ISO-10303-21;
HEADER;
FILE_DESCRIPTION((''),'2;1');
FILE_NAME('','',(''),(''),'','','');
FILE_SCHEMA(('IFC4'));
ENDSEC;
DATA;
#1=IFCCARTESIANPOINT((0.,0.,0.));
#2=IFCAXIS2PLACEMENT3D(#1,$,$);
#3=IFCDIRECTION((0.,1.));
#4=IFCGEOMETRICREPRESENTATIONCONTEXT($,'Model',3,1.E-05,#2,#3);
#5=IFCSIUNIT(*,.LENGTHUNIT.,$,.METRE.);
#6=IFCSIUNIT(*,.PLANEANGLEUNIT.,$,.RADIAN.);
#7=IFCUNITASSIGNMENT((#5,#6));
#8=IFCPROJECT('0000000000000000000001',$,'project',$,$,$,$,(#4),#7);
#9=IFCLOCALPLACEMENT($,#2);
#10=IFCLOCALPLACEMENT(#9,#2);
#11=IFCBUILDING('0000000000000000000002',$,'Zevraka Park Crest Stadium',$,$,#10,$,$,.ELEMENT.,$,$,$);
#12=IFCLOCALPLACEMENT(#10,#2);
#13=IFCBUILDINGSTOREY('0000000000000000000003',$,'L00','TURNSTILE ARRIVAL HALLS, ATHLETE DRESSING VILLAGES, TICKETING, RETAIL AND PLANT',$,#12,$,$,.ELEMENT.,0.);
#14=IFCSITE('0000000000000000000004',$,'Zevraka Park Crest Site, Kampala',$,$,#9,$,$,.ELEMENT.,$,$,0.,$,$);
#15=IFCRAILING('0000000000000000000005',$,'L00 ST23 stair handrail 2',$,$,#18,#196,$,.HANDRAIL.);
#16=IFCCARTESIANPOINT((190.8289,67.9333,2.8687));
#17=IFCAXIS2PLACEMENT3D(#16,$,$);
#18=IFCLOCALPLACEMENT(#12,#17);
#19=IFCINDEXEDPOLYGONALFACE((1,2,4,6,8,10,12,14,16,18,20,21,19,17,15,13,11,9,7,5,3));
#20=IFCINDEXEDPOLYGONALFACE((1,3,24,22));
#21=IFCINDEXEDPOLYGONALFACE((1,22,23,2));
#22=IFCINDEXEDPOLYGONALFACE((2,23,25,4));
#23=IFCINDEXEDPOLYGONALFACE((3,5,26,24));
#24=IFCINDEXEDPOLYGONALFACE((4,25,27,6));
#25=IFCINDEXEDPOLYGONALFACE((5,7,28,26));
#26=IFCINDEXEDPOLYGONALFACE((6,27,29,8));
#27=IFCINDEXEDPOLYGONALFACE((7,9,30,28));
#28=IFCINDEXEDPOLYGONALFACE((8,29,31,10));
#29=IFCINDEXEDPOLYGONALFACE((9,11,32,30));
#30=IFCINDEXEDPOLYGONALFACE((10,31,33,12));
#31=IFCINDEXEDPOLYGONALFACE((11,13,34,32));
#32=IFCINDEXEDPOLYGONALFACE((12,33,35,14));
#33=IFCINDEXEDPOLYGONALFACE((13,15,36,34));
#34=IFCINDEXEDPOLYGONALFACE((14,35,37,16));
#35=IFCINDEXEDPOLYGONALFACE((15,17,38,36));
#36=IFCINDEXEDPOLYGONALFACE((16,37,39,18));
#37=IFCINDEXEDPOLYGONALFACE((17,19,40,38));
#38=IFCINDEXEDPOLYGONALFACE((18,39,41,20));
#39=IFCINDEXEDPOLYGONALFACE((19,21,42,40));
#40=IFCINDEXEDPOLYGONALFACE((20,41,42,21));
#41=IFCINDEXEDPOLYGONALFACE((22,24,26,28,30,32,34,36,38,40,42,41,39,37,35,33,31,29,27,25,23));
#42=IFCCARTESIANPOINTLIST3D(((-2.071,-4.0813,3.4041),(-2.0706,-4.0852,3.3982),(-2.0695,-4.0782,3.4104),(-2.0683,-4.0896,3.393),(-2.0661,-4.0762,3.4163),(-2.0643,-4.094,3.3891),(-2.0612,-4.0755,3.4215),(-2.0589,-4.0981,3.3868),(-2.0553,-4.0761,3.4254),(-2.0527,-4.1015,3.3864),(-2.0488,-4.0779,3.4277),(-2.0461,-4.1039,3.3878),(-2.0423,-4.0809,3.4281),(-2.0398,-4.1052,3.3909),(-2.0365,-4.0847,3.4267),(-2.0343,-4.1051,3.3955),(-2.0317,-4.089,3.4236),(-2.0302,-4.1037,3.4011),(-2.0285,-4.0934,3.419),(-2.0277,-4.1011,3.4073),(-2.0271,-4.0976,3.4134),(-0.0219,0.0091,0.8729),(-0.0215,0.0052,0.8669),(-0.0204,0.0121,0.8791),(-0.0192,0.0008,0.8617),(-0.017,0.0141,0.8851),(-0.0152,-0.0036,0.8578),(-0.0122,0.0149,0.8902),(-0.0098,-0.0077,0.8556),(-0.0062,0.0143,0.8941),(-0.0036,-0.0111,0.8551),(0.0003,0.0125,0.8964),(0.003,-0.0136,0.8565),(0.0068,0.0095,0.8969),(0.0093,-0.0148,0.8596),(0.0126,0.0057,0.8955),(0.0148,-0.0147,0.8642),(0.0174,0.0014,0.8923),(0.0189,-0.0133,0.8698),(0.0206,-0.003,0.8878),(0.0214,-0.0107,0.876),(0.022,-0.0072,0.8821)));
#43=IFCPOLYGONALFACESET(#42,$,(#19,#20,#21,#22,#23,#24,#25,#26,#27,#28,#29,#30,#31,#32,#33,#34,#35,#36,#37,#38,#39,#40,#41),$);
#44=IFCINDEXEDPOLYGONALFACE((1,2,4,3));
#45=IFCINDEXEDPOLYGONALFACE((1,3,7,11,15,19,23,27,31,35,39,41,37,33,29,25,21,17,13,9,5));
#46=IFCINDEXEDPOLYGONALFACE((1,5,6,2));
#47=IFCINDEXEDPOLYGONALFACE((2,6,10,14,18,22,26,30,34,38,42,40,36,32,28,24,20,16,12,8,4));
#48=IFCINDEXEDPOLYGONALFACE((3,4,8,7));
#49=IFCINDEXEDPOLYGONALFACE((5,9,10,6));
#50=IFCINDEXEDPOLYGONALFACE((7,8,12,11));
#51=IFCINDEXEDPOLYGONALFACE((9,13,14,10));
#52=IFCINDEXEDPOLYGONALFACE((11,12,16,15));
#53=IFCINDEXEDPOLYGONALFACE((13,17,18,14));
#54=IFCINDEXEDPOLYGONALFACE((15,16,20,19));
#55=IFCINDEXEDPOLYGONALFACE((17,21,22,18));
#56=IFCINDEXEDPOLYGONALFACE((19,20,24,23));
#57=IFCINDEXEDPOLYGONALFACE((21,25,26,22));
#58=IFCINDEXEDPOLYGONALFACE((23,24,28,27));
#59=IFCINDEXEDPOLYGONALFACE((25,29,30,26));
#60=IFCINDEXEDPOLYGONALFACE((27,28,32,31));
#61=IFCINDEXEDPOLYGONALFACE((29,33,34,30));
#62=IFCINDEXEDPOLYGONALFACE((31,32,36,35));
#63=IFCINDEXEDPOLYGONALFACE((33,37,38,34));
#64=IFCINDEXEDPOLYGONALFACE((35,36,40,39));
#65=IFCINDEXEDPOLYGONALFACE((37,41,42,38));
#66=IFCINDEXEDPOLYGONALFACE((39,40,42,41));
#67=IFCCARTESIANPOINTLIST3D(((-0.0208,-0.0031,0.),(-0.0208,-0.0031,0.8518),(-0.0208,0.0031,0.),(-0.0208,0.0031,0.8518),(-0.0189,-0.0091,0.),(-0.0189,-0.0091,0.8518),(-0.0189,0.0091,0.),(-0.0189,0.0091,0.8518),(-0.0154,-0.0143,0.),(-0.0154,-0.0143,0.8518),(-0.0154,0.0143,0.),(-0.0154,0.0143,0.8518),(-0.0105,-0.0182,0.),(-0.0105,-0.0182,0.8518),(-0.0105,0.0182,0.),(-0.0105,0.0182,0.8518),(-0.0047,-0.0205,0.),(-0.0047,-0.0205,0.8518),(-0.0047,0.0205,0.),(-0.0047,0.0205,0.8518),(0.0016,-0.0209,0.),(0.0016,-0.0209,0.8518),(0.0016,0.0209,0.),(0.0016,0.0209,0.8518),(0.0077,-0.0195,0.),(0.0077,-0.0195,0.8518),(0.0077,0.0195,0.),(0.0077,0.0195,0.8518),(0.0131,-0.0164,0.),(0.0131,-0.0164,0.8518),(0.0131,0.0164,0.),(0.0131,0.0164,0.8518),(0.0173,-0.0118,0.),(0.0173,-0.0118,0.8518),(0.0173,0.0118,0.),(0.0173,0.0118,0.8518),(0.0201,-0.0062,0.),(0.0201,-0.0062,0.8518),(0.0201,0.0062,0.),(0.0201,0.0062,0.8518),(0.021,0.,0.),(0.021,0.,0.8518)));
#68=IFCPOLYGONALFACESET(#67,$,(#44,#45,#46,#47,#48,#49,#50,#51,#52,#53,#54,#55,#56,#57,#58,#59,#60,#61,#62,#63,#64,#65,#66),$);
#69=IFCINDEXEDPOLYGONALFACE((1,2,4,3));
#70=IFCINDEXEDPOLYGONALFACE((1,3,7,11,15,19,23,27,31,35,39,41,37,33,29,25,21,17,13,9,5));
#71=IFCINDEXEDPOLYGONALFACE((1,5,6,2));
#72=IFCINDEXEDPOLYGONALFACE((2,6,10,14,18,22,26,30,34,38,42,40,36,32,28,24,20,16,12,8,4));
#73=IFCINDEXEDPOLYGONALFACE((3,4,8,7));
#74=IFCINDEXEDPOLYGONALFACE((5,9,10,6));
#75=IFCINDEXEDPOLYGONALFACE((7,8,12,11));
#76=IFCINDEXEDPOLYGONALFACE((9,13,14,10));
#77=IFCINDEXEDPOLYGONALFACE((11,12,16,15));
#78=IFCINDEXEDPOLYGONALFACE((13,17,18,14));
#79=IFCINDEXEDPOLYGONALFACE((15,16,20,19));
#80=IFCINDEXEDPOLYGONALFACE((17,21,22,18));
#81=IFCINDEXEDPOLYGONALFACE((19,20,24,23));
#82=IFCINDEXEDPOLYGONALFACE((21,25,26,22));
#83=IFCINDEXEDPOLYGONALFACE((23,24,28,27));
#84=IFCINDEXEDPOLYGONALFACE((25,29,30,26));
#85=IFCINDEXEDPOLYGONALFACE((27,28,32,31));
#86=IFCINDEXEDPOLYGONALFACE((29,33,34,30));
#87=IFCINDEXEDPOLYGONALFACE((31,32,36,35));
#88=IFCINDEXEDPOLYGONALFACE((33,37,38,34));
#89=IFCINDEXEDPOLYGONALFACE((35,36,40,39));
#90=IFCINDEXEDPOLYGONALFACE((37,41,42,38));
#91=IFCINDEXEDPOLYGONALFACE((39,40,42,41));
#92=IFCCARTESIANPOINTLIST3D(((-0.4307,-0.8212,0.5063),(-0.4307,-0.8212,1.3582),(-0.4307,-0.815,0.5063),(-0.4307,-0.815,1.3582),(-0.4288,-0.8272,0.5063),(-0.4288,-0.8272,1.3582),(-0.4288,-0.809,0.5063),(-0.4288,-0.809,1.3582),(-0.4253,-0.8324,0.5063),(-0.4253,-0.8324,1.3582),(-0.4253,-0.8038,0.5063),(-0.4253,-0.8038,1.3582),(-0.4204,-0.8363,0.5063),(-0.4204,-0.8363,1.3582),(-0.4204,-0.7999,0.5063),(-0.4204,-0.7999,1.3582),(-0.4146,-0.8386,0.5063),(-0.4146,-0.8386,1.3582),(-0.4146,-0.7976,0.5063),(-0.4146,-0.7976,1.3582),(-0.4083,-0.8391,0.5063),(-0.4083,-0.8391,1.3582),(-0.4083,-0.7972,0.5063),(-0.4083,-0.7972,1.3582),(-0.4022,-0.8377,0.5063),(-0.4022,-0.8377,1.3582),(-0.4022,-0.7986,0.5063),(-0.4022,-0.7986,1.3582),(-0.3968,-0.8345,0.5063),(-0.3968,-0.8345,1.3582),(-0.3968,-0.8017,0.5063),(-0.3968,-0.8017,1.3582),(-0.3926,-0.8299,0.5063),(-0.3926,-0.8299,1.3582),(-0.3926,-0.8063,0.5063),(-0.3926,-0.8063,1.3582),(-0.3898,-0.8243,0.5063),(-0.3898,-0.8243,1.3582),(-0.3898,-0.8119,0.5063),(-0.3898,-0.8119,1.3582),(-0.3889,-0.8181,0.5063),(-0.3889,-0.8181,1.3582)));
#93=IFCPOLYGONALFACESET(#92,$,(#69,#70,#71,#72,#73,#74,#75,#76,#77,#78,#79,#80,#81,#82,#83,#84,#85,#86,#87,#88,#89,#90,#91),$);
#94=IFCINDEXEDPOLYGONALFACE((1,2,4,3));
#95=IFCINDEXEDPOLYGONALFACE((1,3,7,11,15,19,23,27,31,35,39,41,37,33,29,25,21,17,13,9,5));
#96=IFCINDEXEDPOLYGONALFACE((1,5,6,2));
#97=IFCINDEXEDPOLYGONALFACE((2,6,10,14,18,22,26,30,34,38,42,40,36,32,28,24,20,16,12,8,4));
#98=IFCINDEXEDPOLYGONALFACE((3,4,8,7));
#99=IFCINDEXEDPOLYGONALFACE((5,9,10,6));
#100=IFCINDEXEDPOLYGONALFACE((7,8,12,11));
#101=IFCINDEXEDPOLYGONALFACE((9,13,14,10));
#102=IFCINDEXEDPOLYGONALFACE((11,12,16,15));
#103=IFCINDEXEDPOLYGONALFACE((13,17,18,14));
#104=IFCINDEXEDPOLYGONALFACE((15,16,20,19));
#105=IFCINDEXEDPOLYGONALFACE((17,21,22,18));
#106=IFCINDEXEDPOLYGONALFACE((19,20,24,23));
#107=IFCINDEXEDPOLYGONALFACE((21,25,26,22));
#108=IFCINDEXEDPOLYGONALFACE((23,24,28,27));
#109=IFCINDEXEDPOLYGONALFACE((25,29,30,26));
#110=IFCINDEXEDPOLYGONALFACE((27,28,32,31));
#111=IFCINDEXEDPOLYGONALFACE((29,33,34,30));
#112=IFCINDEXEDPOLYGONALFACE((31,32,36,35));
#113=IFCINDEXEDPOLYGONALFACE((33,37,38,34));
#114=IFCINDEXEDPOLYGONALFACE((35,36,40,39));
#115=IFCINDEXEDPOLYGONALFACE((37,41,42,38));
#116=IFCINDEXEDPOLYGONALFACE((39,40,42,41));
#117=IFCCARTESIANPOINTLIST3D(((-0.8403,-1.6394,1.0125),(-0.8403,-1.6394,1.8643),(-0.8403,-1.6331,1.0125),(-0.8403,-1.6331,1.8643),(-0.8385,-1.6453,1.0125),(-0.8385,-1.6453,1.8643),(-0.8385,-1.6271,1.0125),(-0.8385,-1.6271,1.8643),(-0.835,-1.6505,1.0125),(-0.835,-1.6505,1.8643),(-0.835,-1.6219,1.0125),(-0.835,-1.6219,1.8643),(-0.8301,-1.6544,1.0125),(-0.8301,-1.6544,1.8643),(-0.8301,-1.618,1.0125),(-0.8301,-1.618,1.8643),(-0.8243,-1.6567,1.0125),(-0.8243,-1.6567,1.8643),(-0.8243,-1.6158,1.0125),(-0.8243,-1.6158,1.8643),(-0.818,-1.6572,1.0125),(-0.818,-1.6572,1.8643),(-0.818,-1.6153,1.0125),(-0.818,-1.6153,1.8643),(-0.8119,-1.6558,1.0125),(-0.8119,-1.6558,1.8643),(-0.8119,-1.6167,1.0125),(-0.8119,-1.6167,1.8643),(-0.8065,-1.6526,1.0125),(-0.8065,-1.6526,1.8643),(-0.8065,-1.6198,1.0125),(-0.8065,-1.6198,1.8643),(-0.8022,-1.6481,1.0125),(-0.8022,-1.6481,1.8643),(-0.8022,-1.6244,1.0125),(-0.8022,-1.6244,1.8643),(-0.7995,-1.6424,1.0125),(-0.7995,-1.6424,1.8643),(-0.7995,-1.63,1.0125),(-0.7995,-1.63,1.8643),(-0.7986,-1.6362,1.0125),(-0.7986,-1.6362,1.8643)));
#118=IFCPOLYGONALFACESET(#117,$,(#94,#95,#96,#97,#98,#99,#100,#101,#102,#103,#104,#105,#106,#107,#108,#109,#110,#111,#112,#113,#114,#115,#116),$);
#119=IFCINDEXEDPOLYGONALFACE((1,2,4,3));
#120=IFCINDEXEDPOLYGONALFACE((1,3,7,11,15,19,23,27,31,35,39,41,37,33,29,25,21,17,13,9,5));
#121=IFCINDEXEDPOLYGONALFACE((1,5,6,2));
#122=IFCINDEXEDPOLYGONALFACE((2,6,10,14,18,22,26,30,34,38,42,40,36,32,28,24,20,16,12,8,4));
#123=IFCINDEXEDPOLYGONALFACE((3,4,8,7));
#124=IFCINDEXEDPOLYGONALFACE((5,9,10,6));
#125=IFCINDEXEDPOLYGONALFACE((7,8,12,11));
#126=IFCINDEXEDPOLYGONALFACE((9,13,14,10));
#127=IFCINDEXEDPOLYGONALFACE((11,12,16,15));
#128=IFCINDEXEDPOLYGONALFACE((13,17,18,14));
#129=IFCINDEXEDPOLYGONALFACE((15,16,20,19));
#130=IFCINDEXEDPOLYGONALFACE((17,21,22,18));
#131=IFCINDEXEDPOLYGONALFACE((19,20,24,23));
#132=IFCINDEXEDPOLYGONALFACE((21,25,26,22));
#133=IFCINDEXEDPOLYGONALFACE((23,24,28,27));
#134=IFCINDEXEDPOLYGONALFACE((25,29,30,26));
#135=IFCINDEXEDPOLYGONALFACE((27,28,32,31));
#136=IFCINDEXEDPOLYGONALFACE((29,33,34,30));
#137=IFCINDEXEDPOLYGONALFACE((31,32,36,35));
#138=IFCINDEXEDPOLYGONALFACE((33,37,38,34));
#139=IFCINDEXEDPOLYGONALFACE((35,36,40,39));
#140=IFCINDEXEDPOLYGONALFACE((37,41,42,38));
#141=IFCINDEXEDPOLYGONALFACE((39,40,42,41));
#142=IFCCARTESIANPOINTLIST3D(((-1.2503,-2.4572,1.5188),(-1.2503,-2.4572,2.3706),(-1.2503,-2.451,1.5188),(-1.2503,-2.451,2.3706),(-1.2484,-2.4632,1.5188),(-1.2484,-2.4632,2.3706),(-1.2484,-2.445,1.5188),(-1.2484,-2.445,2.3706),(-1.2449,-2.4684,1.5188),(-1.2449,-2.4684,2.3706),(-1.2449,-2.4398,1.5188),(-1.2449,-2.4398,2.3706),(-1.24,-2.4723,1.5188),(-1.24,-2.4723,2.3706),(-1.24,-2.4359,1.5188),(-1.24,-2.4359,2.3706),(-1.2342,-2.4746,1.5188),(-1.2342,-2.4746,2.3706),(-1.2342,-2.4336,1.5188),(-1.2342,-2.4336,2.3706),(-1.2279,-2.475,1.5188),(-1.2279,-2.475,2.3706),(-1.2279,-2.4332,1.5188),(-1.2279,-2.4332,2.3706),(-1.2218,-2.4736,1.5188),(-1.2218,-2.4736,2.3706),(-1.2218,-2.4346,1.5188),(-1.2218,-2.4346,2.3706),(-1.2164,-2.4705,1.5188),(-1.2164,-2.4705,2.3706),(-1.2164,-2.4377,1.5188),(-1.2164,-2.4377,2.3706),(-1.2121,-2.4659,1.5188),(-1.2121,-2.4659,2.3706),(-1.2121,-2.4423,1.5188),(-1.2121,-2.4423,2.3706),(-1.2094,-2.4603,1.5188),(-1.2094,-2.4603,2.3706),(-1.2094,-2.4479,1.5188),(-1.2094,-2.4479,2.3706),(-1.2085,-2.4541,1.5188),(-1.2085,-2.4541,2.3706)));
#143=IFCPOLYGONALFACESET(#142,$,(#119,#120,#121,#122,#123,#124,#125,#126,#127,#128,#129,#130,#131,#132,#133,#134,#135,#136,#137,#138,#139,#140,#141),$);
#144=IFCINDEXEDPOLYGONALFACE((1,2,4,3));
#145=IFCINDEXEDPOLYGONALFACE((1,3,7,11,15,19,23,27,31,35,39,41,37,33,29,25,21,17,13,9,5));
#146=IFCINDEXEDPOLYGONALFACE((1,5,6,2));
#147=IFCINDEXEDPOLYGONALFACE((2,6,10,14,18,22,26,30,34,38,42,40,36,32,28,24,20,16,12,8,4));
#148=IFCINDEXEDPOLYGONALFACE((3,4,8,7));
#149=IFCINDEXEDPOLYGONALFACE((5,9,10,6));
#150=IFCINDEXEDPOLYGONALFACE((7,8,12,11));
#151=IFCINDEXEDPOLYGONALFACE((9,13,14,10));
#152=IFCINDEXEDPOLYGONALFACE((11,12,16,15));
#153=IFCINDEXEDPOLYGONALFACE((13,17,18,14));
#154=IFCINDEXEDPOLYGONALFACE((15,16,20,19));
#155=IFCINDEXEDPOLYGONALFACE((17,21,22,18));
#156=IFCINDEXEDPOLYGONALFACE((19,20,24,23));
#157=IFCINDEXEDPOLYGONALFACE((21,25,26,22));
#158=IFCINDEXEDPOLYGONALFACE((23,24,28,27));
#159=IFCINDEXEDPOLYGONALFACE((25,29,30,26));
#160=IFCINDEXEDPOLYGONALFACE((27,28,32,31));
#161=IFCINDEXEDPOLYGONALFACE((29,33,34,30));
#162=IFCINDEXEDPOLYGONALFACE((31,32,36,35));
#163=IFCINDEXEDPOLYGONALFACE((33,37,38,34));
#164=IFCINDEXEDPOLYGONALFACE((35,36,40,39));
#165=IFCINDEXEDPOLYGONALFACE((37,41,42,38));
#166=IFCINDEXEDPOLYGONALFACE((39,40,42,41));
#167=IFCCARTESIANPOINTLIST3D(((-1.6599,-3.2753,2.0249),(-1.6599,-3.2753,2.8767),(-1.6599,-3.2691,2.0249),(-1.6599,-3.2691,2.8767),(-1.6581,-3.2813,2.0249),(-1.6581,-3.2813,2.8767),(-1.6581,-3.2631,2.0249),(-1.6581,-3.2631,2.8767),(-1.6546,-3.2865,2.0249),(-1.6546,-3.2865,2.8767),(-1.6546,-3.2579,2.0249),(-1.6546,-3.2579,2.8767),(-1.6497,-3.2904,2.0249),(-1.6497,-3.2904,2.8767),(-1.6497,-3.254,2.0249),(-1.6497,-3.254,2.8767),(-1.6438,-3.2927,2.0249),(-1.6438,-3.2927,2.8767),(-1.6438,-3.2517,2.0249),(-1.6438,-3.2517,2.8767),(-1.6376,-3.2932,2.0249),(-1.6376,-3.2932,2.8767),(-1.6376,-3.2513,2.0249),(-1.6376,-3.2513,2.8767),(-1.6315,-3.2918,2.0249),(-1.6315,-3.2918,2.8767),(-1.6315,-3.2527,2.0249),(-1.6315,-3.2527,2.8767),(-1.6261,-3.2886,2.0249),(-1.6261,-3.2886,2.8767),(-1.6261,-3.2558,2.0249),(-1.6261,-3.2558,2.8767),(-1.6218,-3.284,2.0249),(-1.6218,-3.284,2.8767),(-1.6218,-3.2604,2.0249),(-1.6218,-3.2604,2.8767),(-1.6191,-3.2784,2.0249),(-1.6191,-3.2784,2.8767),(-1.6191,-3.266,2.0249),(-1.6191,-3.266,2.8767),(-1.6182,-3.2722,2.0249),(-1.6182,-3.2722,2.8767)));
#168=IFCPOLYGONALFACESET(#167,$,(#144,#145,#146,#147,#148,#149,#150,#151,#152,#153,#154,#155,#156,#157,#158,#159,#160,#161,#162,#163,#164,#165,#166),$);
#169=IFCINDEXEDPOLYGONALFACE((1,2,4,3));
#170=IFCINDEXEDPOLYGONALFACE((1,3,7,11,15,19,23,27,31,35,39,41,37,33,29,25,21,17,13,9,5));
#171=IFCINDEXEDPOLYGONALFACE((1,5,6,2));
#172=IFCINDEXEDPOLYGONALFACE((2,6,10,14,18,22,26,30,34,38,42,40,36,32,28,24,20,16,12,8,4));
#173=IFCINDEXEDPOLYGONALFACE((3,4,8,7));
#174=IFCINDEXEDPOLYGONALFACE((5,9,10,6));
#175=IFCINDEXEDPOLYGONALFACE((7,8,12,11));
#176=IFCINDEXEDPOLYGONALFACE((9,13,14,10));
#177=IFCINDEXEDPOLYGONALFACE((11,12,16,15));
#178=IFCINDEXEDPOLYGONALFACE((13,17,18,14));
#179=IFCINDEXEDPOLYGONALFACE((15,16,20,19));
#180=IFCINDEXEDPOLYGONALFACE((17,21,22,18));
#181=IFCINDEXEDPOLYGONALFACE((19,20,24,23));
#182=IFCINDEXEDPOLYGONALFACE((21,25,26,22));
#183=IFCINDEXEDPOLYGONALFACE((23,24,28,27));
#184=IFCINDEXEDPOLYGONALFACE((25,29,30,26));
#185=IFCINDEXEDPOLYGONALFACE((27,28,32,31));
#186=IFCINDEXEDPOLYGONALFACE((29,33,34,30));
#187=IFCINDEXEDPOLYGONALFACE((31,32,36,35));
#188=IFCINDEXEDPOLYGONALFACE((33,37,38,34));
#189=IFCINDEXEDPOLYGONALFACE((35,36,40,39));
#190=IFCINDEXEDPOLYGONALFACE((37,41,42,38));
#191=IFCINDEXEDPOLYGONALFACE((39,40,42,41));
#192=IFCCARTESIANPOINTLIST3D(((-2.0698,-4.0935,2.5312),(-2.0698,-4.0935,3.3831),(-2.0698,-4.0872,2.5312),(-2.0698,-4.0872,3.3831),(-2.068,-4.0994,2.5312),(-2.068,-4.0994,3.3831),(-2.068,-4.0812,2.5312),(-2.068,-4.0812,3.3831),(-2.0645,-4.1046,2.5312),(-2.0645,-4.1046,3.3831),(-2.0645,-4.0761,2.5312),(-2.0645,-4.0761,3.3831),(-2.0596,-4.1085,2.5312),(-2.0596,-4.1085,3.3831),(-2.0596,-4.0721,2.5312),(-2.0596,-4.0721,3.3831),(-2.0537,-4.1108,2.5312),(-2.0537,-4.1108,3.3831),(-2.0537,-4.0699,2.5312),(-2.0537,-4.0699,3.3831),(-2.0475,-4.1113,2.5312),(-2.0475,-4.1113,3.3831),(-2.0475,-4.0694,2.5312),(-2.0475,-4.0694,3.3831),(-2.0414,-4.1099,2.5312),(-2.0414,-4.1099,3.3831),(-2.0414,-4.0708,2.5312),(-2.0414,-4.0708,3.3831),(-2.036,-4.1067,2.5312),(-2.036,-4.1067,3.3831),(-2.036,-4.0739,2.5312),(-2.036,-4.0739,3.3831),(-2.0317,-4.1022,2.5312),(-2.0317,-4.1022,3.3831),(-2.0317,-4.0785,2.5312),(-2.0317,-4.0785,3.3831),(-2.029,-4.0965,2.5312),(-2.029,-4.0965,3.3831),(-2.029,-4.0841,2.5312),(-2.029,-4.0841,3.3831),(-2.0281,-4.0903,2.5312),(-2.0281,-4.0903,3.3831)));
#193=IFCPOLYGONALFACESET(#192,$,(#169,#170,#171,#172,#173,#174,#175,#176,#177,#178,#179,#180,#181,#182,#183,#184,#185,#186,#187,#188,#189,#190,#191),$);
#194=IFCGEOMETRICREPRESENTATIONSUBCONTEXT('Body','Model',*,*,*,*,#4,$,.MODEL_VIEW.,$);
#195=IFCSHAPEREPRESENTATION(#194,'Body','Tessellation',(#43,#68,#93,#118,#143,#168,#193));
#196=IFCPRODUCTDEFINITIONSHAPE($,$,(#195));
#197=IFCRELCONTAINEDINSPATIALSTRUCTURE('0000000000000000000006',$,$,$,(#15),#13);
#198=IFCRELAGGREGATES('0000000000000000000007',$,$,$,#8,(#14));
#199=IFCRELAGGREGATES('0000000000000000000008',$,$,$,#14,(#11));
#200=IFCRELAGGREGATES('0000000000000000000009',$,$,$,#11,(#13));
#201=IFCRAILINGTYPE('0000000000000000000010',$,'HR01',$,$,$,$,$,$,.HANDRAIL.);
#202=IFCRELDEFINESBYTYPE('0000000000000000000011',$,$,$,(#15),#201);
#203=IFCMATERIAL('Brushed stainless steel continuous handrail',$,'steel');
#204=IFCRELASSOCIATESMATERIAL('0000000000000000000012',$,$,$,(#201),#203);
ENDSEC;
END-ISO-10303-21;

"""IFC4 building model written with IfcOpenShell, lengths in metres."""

from ifc_helpers import new_model, si_unit, direction, frame, origin, origin_2d, place, context, subcontext, project, spatial, circle, extrude, material, type_object, element, save


model = new_model("IFC4")

# Units and contexts
model_context = context("Model", 3, precision=1e-05, world=origin(), true_north=direction((0.0, 1.0)))
body_context = subcontext(model_context, "Body", "Model", "MODEL_VIEW")
ifc_project = project(units=[si_unit("LENGTHUNIT", "METRE"), si_unit("PLANEANGLEUNIT", "RADIAN")], contexts=[model_context])

# Site, building, storey
site_placement = place(None, origin())
site = spatial("IfcSite", under=ifc_project, at=site_placement, Name="Zevraka Park Crest Site, Kampala", CompositionType="ELEMENT", RefElevation=0.0)
building_placement = place(site_placement, origin())
building = spatial("IfcBuilding", under=site, at=building_placement, Name="Zevraka Park Crest Stadium", CompositionType="ELEMENT")
storey_placement = place(building_placement, origin())
storey = spatial("IfcBuildingStorey", under=building, at=storey_placement, Name="L00", Description="TURNSTILE ARRIVAL HALLS, ATHLETE DRESSING VILLAGES, TICKETING, RETAIL AND PLANT", CompositionType="ELEMENT", Elevation=0.0)

# Railing
ifc_material_1 = material(Name="Brushed stainless steel continuous handrail", Category="steel")
railing_type_1 = type_object("IfcRailingType", Name="HR01", PredefinedType="HANDRAIL", material=ifc_material_1)
railing_1_placement = place(storey_placement, frame((190.8289, 67.9333, 2.8687)))
element("IfcRailing", 1, at=railing_1_placement, inside=storey, type_object=railing_type_1, Name="L00 ST23 stair handrail 2", PredefinedType="HANDRAIL", context=body_context, shape_type="SweptSolid", body=[
    extrude(circle(Radius=0.0239, at=origin_2d()), frame((0.0, 0.0, 0.876), z_axis=(-0.391908, -0.782321, 0.48413), x_axis=(0.894085, -0.447897, 0.0)), (0.0, 0.0, 1.0), 5.2285),
    extrude(circle(Radius=0.021, at=origin_2d()), origin(), (0.0, 0.0, 1.0), 0.8518),
    extrude(circle(Radius=0.021, at=origin_2d()), frame((-0.4099, -0.8181, 0.5063)), (0.0, 0.0, 1.0), 0.8518),
    extrude(circle(Radius=0.021, at=origin_2d()), frame((-0.8196, -1.6362, 1.0125)), (0.0, 0.0, 1.0), 0.8518),
    extrude(circle(Radius=0.021, at=origin_2d()), frame((-1.2295, -2.4541, 1.5188)), (0.0, 0.0, 1.0), 0.8518),
    extrude(circle(Radius=0.021, at=origin_2d()), frame((-1.6392, -3.2722, 2.0249)), (0.0, 0.0, 1.0), 0.8518),
    extrude(circle(Radius=0.021, at=origin_2d()), frame((-2.0491, -4.0903, 2.5312)), (0.0, 0.0, 1.0), 0.8518),
])

save(model, "model.ifc")
